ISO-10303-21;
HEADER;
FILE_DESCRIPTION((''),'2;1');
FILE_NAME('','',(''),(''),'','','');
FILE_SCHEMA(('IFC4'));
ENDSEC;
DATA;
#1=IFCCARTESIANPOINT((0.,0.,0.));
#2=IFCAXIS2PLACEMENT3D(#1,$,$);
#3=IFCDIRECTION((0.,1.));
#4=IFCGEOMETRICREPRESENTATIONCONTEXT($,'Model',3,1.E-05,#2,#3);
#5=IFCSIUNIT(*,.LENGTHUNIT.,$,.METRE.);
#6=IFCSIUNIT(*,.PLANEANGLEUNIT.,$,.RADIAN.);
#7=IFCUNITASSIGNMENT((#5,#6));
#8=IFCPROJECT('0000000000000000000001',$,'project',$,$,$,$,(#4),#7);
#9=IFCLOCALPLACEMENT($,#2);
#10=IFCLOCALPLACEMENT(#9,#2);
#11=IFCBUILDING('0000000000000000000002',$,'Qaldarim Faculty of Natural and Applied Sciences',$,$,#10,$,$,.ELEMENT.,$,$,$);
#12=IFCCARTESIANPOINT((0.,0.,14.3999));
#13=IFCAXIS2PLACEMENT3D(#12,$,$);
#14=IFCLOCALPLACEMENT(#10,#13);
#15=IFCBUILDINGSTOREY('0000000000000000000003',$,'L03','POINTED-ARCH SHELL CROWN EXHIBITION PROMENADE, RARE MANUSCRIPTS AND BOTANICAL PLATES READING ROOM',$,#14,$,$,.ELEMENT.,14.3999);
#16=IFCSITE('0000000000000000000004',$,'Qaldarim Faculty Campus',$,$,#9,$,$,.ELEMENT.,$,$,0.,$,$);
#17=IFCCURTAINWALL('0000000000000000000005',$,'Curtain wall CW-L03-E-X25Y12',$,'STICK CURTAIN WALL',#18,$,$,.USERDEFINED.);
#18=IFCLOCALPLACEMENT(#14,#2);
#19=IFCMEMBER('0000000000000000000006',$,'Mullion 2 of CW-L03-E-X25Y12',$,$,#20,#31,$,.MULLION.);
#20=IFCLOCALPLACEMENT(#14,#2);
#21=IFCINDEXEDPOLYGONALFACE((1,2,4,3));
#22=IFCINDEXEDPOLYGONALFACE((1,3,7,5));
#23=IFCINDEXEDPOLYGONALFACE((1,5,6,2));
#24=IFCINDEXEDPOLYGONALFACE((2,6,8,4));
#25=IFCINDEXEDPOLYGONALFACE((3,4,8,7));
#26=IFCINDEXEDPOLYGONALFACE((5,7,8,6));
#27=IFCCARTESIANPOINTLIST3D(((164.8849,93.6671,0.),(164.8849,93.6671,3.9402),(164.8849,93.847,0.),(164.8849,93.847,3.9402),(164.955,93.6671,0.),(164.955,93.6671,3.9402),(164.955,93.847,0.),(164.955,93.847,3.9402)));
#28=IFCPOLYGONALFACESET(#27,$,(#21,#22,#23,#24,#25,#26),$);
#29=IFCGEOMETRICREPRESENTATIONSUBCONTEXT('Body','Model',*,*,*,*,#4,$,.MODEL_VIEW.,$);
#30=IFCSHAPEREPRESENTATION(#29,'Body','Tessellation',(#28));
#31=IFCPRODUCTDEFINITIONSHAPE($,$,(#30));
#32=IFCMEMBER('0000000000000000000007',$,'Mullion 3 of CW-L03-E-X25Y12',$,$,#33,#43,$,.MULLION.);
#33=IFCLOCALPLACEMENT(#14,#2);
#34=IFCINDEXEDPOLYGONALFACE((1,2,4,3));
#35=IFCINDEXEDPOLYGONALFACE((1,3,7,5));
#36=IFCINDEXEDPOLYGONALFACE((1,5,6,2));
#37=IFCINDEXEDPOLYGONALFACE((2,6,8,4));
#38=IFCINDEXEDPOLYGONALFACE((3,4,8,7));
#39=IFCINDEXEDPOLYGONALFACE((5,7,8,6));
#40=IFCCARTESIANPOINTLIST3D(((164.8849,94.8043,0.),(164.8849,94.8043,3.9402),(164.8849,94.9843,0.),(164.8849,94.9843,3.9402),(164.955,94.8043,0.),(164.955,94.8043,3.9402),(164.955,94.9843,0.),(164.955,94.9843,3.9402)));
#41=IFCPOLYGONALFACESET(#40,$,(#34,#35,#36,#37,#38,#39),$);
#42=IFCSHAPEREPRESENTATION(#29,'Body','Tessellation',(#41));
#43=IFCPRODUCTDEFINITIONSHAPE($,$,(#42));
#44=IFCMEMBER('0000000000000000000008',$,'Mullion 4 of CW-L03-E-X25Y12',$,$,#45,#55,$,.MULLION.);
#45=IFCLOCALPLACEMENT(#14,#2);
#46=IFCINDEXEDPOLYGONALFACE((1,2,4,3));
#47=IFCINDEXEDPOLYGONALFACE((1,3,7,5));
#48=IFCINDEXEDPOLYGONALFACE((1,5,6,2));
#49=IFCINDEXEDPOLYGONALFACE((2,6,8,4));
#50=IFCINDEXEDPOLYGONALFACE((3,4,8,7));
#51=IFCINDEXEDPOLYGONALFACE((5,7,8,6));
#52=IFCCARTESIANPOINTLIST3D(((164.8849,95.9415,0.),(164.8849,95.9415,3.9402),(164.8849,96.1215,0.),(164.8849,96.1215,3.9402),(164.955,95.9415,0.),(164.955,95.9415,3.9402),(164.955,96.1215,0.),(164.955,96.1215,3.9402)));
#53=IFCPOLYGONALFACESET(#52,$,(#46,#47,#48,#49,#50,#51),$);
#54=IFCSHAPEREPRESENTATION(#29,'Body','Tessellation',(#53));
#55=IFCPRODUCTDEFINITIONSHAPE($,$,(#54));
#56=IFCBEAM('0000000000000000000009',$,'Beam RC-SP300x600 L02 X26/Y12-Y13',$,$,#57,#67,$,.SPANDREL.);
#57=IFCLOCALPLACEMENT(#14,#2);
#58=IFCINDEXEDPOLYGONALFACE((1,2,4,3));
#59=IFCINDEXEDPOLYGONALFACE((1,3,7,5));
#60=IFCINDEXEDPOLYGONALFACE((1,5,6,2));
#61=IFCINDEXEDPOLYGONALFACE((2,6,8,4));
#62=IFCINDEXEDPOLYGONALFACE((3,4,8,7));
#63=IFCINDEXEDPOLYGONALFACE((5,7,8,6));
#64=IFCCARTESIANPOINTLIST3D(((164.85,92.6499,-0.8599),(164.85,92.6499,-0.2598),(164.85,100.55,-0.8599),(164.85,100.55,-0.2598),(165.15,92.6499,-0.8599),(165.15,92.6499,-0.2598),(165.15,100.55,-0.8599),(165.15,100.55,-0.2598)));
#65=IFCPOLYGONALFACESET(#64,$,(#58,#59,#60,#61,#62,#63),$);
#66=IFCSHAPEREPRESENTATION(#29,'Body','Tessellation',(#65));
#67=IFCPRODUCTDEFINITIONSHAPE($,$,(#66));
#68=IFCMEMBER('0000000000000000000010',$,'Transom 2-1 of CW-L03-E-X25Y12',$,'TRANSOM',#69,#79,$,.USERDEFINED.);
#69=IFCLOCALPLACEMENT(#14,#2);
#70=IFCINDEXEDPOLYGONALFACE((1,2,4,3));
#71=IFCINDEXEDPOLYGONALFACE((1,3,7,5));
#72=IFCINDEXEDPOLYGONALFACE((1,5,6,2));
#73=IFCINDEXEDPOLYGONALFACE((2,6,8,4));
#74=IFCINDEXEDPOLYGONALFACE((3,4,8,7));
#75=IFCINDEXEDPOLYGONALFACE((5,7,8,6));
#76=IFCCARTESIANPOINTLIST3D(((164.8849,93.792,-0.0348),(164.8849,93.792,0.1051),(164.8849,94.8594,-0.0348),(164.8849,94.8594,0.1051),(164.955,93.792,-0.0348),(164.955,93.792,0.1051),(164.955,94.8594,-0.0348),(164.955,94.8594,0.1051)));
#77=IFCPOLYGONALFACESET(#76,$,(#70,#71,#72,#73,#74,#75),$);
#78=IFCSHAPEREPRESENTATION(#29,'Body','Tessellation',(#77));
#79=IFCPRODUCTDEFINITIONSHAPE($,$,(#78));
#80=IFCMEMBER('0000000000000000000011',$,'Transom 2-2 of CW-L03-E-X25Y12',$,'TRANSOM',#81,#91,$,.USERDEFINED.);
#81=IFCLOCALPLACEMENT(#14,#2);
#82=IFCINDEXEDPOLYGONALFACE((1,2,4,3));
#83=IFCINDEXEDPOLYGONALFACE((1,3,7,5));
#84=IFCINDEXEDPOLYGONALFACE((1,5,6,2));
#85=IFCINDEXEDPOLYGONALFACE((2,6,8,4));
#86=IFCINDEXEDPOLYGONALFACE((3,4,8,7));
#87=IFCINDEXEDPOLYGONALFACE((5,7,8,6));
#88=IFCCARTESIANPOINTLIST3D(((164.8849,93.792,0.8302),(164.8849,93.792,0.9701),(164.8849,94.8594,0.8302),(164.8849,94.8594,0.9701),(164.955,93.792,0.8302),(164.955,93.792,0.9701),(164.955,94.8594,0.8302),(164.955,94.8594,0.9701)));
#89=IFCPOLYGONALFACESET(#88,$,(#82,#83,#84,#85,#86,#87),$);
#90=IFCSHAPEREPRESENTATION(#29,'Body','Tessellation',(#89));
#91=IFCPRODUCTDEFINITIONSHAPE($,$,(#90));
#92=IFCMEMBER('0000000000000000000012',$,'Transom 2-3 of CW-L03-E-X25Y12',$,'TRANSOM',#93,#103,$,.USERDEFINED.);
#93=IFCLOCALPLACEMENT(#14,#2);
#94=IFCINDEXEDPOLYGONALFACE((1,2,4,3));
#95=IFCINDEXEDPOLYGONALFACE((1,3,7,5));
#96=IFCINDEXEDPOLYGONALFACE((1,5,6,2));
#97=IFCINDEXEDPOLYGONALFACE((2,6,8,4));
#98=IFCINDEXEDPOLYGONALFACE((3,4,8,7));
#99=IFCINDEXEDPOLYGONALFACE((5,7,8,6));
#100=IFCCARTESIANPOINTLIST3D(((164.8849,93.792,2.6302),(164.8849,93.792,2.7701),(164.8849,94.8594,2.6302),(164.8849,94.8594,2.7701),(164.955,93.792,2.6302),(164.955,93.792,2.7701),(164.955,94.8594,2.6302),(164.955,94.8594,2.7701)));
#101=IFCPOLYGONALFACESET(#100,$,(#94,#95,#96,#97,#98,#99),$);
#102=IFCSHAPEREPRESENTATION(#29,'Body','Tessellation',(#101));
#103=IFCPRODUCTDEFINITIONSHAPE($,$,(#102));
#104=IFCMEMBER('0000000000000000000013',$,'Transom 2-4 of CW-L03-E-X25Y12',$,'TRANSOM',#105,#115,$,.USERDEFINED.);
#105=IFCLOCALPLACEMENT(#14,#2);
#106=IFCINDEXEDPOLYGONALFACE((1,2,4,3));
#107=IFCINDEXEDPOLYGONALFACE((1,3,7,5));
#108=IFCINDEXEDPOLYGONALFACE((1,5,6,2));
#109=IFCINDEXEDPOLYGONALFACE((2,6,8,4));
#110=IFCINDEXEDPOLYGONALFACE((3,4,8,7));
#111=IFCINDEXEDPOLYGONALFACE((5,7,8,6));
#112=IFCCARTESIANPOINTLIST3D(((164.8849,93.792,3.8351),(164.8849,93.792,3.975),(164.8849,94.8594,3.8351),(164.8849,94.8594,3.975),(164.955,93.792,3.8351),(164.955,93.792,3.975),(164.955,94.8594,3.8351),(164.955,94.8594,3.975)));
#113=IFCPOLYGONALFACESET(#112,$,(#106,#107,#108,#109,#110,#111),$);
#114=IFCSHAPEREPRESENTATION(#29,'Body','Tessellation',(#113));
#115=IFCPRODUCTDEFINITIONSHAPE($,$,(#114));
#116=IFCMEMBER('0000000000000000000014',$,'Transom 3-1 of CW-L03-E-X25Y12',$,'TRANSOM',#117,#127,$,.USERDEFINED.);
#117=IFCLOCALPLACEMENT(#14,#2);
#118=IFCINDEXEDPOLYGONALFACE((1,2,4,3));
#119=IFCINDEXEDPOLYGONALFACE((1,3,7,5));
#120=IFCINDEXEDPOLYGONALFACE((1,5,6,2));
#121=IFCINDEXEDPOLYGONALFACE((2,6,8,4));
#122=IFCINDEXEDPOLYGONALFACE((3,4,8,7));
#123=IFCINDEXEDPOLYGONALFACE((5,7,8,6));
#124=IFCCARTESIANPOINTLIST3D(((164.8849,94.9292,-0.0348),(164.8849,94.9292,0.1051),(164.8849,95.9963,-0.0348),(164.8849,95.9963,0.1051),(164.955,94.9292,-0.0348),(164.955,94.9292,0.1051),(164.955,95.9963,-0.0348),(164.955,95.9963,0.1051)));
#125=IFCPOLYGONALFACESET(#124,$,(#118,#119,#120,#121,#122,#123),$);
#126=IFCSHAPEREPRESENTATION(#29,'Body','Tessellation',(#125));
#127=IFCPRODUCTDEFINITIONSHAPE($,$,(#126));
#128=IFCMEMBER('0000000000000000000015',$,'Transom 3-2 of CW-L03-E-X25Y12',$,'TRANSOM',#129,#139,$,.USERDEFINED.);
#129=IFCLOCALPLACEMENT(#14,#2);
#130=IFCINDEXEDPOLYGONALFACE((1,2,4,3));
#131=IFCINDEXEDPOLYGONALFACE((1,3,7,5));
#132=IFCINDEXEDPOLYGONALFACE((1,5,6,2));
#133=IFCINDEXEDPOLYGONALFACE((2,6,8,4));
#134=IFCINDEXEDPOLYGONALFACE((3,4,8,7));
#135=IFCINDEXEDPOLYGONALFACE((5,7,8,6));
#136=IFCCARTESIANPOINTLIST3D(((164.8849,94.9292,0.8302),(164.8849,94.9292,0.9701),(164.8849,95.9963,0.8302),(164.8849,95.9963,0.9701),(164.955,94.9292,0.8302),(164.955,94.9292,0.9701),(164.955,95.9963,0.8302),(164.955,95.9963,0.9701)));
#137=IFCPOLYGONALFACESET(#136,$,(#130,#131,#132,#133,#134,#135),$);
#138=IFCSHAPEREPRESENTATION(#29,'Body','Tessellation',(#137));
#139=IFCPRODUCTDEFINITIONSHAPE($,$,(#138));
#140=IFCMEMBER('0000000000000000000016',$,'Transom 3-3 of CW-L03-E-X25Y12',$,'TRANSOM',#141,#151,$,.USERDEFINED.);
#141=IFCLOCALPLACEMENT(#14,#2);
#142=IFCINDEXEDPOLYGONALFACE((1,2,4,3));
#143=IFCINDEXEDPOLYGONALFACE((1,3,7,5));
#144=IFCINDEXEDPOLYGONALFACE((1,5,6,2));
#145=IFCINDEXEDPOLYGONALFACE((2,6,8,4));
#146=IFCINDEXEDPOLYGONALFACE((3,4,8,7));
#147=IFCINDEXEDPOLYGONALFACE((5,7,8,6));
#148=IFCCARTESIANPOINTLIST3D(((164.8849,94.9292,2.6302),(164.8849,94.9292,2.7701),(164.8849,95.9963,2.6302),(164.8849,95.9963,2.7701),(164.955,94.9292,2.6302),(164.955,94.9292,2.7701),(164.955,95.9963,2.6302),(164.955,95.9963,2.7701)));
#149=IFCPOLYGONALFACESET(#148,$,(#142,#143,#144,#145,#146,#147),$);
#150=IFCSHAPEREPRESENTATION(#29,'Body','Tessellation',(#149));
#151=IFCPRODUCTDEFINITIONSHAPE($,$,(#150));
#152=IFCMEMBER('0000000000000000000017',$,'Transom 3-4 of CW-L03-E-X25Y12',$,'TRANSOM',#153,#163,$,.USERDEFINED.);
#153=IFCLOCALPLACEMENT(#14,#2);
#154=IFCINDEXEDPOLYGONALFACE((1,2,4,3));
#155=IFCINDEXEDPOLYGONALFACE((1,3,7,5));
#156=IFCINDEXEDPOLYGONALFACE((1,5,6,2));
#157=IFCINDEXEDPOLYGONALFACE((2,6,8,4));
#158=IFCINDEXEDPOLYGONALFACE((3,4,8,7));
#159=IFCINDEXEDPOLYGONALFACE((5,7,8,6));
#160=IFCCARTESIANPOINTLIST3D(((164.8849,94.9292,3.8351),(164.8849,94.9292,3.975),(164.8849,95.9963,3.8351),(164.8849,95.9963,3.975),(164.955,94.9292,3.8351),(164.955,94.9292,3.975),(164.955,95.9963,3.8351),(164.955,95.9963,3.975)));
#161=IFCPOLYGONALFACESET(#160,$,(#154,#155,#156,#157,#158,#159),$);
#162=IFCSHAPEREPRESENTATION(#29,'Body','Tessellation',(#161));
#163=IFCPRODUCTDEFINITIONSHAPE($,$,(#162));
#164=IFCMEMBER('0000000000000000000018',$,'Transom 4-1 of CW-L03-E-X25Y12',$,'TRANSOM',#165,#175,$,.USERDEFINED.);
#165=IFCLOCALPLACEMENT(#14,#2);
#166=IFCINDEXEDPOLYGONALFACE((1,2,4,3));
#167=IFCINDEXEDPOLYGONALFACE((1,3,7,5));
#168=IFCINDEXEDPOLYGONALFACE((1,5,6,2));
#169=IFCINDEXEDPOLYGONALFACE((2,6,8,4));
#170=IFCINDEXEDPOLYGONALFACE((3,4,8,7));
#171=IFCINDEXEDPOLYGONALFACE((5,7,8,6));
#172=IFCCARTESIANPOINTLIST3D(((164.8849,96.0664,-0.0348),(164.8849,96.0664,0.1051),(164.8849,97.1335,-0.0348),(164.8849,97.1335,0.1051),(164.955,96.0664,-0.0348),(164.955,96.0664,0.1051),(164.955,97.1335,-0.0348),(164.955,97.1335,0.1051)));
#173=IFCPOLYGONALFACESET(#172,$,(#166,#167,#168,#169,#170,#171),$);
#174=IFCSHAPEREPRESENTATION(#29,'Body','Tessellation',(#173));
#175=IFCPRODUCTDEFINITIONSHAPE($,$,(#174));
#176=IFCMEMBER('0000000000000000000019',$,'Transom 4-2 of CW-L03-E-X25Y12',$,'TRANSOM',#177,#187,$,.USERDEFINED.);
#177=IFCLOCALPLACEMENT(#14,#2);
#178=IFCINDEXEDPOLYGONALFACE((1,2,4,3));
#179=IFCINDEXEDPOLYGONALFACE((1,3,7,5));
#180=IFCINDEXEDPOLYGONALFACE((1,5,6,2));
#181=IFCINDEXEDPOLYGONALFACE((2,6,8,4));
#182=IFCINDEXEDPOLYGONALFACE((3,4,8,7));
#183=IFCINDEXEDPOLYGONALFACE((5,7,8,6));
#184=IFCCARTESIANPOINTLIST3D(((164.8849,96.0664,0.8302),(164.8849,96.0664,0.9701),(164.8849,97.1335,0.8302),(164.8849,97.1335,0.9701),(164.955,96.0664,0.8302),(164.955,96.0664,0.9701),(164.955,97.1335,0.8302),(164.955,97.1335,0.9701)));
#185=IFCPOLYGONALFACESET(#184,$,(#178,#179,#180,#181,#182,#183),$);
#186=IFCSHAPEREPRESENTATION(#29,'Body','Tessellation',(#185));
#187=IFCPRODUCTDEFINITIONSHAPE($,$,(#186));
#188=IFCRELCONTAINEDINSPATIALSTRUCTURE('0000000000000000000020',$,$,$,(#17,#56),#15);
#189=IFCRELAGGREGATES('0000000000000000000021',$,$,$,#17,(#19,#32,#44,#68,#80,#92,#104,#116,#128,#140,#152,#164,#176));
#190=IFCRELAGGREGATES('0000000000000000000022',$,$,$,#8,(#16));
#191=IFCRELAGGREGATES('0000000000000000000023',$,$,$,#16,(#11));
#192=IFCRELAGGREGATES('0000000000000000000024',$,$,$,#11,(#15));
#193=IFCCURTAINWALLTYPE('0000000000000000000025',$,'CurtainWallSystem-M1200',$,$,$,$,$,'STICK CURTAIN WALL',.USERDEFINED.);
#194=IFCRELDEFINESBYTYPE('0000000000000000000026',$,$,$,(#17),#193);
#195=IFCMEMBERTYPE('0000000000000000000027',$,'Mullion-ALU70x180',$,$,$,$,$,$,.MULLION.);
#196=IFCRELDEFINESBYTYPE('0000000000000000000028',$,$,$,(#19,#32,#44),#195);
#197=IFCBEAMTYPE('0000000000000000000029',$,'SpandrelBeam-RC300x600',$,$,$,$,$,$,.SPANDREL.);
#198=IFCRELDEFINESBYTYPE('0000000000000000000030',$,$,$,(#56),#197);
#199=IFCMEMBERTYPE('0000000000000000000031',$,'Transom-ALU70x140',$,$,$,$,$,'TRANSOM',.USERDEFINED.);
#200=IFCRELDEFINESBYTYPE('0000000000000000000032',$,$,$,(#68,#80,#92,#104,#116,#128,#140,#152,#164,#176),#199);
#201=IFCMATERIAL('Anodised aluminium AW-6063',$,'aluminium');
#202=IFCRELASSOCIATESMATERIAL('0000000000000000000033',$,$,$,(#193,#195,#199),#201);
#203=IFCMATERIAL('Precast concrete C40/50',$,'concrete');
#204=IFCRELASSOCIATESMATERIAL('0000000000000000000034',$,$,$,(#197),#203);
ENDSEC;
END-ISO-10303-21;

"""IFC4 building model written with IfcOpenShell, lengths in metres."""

from ifc_helpers import new_model, si_unit, direction, frame, origin, origin_2d, place, context, subcontext, project, spatial, rectangle, extrude, material, material_profile, profile_set, type_object, element, aggregate, save


model = new_model("IFC4")

# Units and contexts
model_context = context("Model", 3, precision=1e-05, world=origin(), true_north=direction((0.0, 1.0)))
body_context = subcontext(model_context, "Body", "Model", "MODEL_VIEW")
ifc_project = project(units=[si_unit("LENGTHUNIT", "METRE"), si_unit("PLANEANGLEUNIT", "RADIAN")], contexts=[model_context])

# Site, building, storey
site_placement = place(None, origin())
site = spatial("IfcSite", under=ifc_project, at=site_placement, Name="Qaldarim Faculty Campus", CompositionType="ELEMENT", RefElevation=0.0)
building_placement = place(site_placement, origin())
building = spatial("IfcBuilding", under=site, at=building_placement, Name="Qaldarim Faculty of Natural and Applied Sciences", CompositionType="ELEMENT")
storey_placement = place(building_placement, frame((0.0, 0.0, 14.3999)))
storey = spatial("IfcBuildingStorey", under=building, at=storey_placement, Name="L03", Description="POINTED-ARCH SHELL CROWN EXHIBITION PROMENADE, RARE MANUSCRIPTS AND BOTANICAL PLATES READING ROOM", CompositionType="ELEMENT", Elevation=14.3999)

# Curtain wall, members
ifc_material_1 = material(Name="Anodised aluminium AW-6063", Category="aluminium")
curtain_wall_type = type_object("IfcCurtainWallType", Name="CurtainWallSystem-M1200", ElementType="STICK CURTAIN WALL", PredefinedType="USERDEFINED", material=ifc_material_1)
curtain_wall_placement = place(storey_placement, origin())
curtain_wall = element("IfcCurtainWall", 1, at=curtain_wall_placement, inside=storey, type_object=curtain_wall_type, Name="Curtain wall CW-L03-E-X25Y12", ObjectType="STICK CURTAIN WALL", PredefinedType="USERDEFINED")
ifc_material_profile_1 = material_profile(ifc_material_1, rectangle(XDim=0.0701, YDim=0.1799, at=origin_2d()), Name="ALU-M70x180")
ifc_profile_set_1 = profile_set([ifc_material_profile_1], Name="Anodised aluminium AW-6063")
member_type_1 = type_object("IfcMemberType", Name="Mullion-ALU70x180", PredefinedType="MULLION", material=ifc_profile_set_1)
member_1_placement = place(storey_placement, frame((164.9199, 93.7571, 0.0), z_axis=(0.0, 0.0, 1.0), x_axis=(-1.0, 0.0, 0.0)))
member_1 = element("IfcMember", 2, at=member_1_placement, type_object=member_type_1, Name="Mullion 2 of CW-L03-E-X25Y12", PredefinedType="MULLION", context=body_context, shape_type="SweptSolid", body=[
    extrude(rectangle(XDim=0.0701, YDim=0.1799, at=origin_2d()), origin(), (0.0, 0.0, 1.0), 3.9402),
])
member_2_placement = place(storey_placement, frame((164.9199, 94.8943, 0.0), z_axis=(0.0, 0.0, 1.0), x_axis=(-1.0, 0.0, 0.0)))
member_2 = element("IfcMember", 3, at=member_2_placement, type_object=member_type_1, Name="Mullion 3 of CW-L03-E-X25Y12", PredefinedType="MULLION", context=body_context, shape_type="SweptSolid", body=[
    extrude(rectangle(XDim=0.0701, YDim=0.1799, at=origin_2d()), origin(), (0.0, 0.0, 1.0), 3.9402),
])
member_3_placement = place(storey_placement, frame((164.9199, 96.0315, 0.0), z_axis=(0.0, 0.0, 1.0), x_axis=(-1.0, 0.0, 0.0)))
member_3 = element("IfcMember", 4, at=member_3_placement, type_object=member_type_1, Name="Mullion 4 of CW-L03-E-X25Y12", PredefinedType="MULLION", context=body_context, shape_type="SweptSolid", body=[
    extrude(rectangle(XDim=0.0701, YDim=0.1799, at=origin_2d()), origin(), (0.0, 0.0, 1.0), 3.9402),
])

# Beam
ifc_material_2 = material(Name="Precast concrete C40/50", Category="concrete")
ifc_material_profile_2 = material_profile(ifc_material_2, rectangle(XDim=0.3, YDim=0.6001, at=origin_2d()), Name="RC-SP300x600")
ifc_profile_set_2 = profile_set([ifc_material_profile_2], Name="Precast concrete C40/50")
beam_type = type_object("IfcBeamType", Name="SpandrelBeam-RC300x600", PredefinedType="SPANDREL", material=ifc_profile_set_2)
beam_placement = place(storey_placement, frame((165.0, 92.6499, -0.5598), z_axis=(0.0, 1.0, 0.0), x_axis=(-1.0, 0.0, 0.0)))
element("IfcBeam", 5, at=beam_placement, inside=storey, type_object=beam_type, Name="Beam RC-SP300x600 L02 X26/Y12-Y13", PredefinedType="SPANDREL", context=body_context, shape_type="SweptSolid", body=[
    extrude(rectangle(XDim=0.3, YDim=0.6001, at=origin_2d()), origin(), (0.0, 0.0, 1.0), 7.9001),
])

# Members
ifc_material_profile_3 = material_profile(ifc_material_1, rectangle(XDim=0.0701, YDim=0.1399, at=origin_2d()), Name="ALU-T70x140")
ifc_profile_set_3 = profile_set([ifc_material_profile_3], Name="Anodised aluminium AW-6063")
member_type_2 = type_object("IfcMemberType", Name="Transom-ALU70x140", ElementType="TRANSOM", PredefinedType="USERDEFINED", material=ifc_profile_set_3)
member_4_placement = place(storey_placement, frame((164.9199, 93.792, 0.0352), z_axis=(0.0, 1.0, 0.0), x_axis=(-1.0, 0.0, 0.0)))
member_4 = element("IfcMember", 6, at=member_4_placement, type_object=member_type_2, Name="Transom 2-1 of CW-L03-E-X25Y12", ObjectType="TRANSOM", PredefinedType="USERDEFINED", context=body_context, shape_type="SweptSolid", body=[
    extrude(rectangle(XDim=0.0701, YDim=0.1399, at=origin_2d()), origin(), (0.0, 0.0, 1.0), 1.0674),
])
member_5_placement = place(storey_placement, frame((164.9199, 93.792, 0.9001), z_axis=(0.0, 1.0, 0.0), x_axis=(-1.0, 0.0, 0.0)))
member_5 = element("IfcMember", 7, at=member_5_placement, type_object=member_type_2, Name="Transom 2-2 of CW-L03-E-X25Y12", ObjectType="TRANSOM", PredefinedType="USERDEFINED", context=body_context, shape_type="SweptSolid", body=[
    extrude(rectangle(XDim=0.0701, YDim=0.1399, at=origin_2d()), origin(), (0.0, 0.0, 1.0), 1.0674),
])
member_6_placement = place(storey_placement, frame((164.9199, 93.792, 2.7002), z_axis=(0.0, 1.0, 0.0), x_axis=(-1.0, 0.0, 0.0)))
member_6 = element("IfcMember", 8, at=member_6_placement, type_object=member_type_2, Name="Transom 2-3 of CW-L03-E-X25Y12", ObjectType="TRANSOM", PredefinedType="USERDEFINED", context=body_context, shape_type="SweptSolid", body=[
    extrude(rectangle(XDim=0.0701, YDim=0.1399, at=origin_2d()), origin(), (0.0, 0.0, 1.0), 1.0674),
])
member_7_placement = place(storey_placement, frame((164.9199, 93.792, 3.905), z_axis=(0.0, 1.0, 0.0), x_axis=(-1.0, 0.0, 0.0)))
member_7 = element("IfcMember", 9, at=member_7_placement, type_object=member_type_2, Name="Transom 2-4 of CW-L03-E-X25Y12", ObjectType="TRANSOM", PredefinedType="USERDEFINED", context=body_context, shape_type="SweptSolid", body=[
    extrude(rectangle(XDim=0.0701, YDim=0.1399, at=origin_2d()), origin(), (0.0, 0.0, 1.0), 1.0674),
])
member_8_placement = place(storey_placement, frame((164.9199, 94.9292, 0.0352), z_axis=(0.0, 1.0, 0.0), x_axis=(-1.0, 0.0, 0.0)))
member_8 = element("IfcMember", 10, at=member_8_placement, type_object=member_type_2, Name="Transom 3-1 of CW-L03-E-X25Y12", ObjectType="TRANSOM", PredefinedType="USERDEFINED", context=body_context, shape_type="SweptSolid", body=[
    extrude(rectangle(XDim=0.0701, YDim=0.1399, at=origin_2d()), origin(), (0.0, 0.0, 1.0), 1.0671),
])
member_9_placement = place(storey_placement, frame((164.9199, 94.9292, 0.9001), z_axis=(0.0, 1.0, 0.0), x_axis=(-1.0, 0.0, 0.0)))
member_9 = element("IfcMember", 11, at=member_9_placement, type_object=member_type_2, Name="Transom 3-2 of CW-L03-E-X25Y12", ObjectType="TRANSOM", PredefinedType="USERDEFINED", context=body_context, shape_type="SweptSolid", body=[
    extrude(rectangle(XDim=0.0701, YDim=0.1399, at=origin_2d()), origin(), (0.0, 0.0, 1.0), 1.0671),
])
member_10_placement = place(storey_placement, frame((164.9199, 94.9292, 2.7002), z_axis=(0.0, 1.0, 0.0), x_axis=(-1.0, 0.0, 0.0)))
member_10 = element("IfcMember", 12, at=member_10_placement, type_object=member_type_2, Name="Transom 3-3 of CW-L03-E-X25Y12", ObjectType="TRANSOM", PredefinedType="USERDEFINED", context=body_context, shape_type="SweptSolid", body=[
    extrude(rectangle(XDim=0.0701, YDim=0.1399, at=origin_2d()), origin(), (0.0, 0.0, 1.0), 1.0671),
])
member_11_placement = place(storey_placement, frame((164.9199, 94.9292, 3.905), z_axis=(0.0, 1.0, 0.0), x_axis=(-1.0, 0.0, 0.0)))
member_11 = element("IfcMember", 13, at=member_11_placement, type_object=member_type_2, Name="Transom 3-4 of CW-L03-E-X25Y12", ObjectType="TRANSOM", PredefinedType="USERDEFINED", context=body_context, shape_type="SweptSolid", body=[
    extrude(rectangle(XDim=0.0701, YDim=0.1399, at=origin_2d()), origin(), (0.0, 0.0, 1.0), 1.0671),
])
member_12_placement = place(storey_placement, frame((164.9199, 96.0664, 0.0352), z_axis=(0.0, 1.0, 0.0), x_axis=(-1.0, 0.0, 0.0)))
member_12 = element("IfcMember", 14, at=member_12_placement, type_object=member_type_2, Name="Transom 4-1 of CW-L03-E-X25Y12", ObjectType="TRANSOM", PredefinedType="USERDEFINED", context=body_context, shape_type="SweptSolid", body=[
    extrude(rectangle(XDim=0.0701, YDim=0.1399, at=origin_2d()), origin(), (0.0, 0.0, 1.0), 1.0671),
])
member_13_placement = place(storey_placement, frame((164.9199, 96.0664, 0.9001), z_axis=(0.0, 1.0, 0.0), x_axis=(-1.0, 0.0, 0.0)))
member_13 = element("IfcMember", 15, at=member_13_placement, type_object=member_type_2, Name="Transom 4-2 of CW-L03-E-X25Y12", ObjectType="TRANSOM", PredefinedType="USERDEFINED", context=body_context, shape_type="SweptSolid", body=[
    extrude(rectangle(XDim=0.0701, YDim=0.1399, at=origin_2d()), origin(), (0.0, 0.0, 1.0), 1.0671),
])

aggregate(curtain_wall, [member_1, member_2, member_3, member_4, member_5, member_6, member_7, member_8, member_9, member_10, member_11, member_12, member_13])

save(model, "model.ifc")
